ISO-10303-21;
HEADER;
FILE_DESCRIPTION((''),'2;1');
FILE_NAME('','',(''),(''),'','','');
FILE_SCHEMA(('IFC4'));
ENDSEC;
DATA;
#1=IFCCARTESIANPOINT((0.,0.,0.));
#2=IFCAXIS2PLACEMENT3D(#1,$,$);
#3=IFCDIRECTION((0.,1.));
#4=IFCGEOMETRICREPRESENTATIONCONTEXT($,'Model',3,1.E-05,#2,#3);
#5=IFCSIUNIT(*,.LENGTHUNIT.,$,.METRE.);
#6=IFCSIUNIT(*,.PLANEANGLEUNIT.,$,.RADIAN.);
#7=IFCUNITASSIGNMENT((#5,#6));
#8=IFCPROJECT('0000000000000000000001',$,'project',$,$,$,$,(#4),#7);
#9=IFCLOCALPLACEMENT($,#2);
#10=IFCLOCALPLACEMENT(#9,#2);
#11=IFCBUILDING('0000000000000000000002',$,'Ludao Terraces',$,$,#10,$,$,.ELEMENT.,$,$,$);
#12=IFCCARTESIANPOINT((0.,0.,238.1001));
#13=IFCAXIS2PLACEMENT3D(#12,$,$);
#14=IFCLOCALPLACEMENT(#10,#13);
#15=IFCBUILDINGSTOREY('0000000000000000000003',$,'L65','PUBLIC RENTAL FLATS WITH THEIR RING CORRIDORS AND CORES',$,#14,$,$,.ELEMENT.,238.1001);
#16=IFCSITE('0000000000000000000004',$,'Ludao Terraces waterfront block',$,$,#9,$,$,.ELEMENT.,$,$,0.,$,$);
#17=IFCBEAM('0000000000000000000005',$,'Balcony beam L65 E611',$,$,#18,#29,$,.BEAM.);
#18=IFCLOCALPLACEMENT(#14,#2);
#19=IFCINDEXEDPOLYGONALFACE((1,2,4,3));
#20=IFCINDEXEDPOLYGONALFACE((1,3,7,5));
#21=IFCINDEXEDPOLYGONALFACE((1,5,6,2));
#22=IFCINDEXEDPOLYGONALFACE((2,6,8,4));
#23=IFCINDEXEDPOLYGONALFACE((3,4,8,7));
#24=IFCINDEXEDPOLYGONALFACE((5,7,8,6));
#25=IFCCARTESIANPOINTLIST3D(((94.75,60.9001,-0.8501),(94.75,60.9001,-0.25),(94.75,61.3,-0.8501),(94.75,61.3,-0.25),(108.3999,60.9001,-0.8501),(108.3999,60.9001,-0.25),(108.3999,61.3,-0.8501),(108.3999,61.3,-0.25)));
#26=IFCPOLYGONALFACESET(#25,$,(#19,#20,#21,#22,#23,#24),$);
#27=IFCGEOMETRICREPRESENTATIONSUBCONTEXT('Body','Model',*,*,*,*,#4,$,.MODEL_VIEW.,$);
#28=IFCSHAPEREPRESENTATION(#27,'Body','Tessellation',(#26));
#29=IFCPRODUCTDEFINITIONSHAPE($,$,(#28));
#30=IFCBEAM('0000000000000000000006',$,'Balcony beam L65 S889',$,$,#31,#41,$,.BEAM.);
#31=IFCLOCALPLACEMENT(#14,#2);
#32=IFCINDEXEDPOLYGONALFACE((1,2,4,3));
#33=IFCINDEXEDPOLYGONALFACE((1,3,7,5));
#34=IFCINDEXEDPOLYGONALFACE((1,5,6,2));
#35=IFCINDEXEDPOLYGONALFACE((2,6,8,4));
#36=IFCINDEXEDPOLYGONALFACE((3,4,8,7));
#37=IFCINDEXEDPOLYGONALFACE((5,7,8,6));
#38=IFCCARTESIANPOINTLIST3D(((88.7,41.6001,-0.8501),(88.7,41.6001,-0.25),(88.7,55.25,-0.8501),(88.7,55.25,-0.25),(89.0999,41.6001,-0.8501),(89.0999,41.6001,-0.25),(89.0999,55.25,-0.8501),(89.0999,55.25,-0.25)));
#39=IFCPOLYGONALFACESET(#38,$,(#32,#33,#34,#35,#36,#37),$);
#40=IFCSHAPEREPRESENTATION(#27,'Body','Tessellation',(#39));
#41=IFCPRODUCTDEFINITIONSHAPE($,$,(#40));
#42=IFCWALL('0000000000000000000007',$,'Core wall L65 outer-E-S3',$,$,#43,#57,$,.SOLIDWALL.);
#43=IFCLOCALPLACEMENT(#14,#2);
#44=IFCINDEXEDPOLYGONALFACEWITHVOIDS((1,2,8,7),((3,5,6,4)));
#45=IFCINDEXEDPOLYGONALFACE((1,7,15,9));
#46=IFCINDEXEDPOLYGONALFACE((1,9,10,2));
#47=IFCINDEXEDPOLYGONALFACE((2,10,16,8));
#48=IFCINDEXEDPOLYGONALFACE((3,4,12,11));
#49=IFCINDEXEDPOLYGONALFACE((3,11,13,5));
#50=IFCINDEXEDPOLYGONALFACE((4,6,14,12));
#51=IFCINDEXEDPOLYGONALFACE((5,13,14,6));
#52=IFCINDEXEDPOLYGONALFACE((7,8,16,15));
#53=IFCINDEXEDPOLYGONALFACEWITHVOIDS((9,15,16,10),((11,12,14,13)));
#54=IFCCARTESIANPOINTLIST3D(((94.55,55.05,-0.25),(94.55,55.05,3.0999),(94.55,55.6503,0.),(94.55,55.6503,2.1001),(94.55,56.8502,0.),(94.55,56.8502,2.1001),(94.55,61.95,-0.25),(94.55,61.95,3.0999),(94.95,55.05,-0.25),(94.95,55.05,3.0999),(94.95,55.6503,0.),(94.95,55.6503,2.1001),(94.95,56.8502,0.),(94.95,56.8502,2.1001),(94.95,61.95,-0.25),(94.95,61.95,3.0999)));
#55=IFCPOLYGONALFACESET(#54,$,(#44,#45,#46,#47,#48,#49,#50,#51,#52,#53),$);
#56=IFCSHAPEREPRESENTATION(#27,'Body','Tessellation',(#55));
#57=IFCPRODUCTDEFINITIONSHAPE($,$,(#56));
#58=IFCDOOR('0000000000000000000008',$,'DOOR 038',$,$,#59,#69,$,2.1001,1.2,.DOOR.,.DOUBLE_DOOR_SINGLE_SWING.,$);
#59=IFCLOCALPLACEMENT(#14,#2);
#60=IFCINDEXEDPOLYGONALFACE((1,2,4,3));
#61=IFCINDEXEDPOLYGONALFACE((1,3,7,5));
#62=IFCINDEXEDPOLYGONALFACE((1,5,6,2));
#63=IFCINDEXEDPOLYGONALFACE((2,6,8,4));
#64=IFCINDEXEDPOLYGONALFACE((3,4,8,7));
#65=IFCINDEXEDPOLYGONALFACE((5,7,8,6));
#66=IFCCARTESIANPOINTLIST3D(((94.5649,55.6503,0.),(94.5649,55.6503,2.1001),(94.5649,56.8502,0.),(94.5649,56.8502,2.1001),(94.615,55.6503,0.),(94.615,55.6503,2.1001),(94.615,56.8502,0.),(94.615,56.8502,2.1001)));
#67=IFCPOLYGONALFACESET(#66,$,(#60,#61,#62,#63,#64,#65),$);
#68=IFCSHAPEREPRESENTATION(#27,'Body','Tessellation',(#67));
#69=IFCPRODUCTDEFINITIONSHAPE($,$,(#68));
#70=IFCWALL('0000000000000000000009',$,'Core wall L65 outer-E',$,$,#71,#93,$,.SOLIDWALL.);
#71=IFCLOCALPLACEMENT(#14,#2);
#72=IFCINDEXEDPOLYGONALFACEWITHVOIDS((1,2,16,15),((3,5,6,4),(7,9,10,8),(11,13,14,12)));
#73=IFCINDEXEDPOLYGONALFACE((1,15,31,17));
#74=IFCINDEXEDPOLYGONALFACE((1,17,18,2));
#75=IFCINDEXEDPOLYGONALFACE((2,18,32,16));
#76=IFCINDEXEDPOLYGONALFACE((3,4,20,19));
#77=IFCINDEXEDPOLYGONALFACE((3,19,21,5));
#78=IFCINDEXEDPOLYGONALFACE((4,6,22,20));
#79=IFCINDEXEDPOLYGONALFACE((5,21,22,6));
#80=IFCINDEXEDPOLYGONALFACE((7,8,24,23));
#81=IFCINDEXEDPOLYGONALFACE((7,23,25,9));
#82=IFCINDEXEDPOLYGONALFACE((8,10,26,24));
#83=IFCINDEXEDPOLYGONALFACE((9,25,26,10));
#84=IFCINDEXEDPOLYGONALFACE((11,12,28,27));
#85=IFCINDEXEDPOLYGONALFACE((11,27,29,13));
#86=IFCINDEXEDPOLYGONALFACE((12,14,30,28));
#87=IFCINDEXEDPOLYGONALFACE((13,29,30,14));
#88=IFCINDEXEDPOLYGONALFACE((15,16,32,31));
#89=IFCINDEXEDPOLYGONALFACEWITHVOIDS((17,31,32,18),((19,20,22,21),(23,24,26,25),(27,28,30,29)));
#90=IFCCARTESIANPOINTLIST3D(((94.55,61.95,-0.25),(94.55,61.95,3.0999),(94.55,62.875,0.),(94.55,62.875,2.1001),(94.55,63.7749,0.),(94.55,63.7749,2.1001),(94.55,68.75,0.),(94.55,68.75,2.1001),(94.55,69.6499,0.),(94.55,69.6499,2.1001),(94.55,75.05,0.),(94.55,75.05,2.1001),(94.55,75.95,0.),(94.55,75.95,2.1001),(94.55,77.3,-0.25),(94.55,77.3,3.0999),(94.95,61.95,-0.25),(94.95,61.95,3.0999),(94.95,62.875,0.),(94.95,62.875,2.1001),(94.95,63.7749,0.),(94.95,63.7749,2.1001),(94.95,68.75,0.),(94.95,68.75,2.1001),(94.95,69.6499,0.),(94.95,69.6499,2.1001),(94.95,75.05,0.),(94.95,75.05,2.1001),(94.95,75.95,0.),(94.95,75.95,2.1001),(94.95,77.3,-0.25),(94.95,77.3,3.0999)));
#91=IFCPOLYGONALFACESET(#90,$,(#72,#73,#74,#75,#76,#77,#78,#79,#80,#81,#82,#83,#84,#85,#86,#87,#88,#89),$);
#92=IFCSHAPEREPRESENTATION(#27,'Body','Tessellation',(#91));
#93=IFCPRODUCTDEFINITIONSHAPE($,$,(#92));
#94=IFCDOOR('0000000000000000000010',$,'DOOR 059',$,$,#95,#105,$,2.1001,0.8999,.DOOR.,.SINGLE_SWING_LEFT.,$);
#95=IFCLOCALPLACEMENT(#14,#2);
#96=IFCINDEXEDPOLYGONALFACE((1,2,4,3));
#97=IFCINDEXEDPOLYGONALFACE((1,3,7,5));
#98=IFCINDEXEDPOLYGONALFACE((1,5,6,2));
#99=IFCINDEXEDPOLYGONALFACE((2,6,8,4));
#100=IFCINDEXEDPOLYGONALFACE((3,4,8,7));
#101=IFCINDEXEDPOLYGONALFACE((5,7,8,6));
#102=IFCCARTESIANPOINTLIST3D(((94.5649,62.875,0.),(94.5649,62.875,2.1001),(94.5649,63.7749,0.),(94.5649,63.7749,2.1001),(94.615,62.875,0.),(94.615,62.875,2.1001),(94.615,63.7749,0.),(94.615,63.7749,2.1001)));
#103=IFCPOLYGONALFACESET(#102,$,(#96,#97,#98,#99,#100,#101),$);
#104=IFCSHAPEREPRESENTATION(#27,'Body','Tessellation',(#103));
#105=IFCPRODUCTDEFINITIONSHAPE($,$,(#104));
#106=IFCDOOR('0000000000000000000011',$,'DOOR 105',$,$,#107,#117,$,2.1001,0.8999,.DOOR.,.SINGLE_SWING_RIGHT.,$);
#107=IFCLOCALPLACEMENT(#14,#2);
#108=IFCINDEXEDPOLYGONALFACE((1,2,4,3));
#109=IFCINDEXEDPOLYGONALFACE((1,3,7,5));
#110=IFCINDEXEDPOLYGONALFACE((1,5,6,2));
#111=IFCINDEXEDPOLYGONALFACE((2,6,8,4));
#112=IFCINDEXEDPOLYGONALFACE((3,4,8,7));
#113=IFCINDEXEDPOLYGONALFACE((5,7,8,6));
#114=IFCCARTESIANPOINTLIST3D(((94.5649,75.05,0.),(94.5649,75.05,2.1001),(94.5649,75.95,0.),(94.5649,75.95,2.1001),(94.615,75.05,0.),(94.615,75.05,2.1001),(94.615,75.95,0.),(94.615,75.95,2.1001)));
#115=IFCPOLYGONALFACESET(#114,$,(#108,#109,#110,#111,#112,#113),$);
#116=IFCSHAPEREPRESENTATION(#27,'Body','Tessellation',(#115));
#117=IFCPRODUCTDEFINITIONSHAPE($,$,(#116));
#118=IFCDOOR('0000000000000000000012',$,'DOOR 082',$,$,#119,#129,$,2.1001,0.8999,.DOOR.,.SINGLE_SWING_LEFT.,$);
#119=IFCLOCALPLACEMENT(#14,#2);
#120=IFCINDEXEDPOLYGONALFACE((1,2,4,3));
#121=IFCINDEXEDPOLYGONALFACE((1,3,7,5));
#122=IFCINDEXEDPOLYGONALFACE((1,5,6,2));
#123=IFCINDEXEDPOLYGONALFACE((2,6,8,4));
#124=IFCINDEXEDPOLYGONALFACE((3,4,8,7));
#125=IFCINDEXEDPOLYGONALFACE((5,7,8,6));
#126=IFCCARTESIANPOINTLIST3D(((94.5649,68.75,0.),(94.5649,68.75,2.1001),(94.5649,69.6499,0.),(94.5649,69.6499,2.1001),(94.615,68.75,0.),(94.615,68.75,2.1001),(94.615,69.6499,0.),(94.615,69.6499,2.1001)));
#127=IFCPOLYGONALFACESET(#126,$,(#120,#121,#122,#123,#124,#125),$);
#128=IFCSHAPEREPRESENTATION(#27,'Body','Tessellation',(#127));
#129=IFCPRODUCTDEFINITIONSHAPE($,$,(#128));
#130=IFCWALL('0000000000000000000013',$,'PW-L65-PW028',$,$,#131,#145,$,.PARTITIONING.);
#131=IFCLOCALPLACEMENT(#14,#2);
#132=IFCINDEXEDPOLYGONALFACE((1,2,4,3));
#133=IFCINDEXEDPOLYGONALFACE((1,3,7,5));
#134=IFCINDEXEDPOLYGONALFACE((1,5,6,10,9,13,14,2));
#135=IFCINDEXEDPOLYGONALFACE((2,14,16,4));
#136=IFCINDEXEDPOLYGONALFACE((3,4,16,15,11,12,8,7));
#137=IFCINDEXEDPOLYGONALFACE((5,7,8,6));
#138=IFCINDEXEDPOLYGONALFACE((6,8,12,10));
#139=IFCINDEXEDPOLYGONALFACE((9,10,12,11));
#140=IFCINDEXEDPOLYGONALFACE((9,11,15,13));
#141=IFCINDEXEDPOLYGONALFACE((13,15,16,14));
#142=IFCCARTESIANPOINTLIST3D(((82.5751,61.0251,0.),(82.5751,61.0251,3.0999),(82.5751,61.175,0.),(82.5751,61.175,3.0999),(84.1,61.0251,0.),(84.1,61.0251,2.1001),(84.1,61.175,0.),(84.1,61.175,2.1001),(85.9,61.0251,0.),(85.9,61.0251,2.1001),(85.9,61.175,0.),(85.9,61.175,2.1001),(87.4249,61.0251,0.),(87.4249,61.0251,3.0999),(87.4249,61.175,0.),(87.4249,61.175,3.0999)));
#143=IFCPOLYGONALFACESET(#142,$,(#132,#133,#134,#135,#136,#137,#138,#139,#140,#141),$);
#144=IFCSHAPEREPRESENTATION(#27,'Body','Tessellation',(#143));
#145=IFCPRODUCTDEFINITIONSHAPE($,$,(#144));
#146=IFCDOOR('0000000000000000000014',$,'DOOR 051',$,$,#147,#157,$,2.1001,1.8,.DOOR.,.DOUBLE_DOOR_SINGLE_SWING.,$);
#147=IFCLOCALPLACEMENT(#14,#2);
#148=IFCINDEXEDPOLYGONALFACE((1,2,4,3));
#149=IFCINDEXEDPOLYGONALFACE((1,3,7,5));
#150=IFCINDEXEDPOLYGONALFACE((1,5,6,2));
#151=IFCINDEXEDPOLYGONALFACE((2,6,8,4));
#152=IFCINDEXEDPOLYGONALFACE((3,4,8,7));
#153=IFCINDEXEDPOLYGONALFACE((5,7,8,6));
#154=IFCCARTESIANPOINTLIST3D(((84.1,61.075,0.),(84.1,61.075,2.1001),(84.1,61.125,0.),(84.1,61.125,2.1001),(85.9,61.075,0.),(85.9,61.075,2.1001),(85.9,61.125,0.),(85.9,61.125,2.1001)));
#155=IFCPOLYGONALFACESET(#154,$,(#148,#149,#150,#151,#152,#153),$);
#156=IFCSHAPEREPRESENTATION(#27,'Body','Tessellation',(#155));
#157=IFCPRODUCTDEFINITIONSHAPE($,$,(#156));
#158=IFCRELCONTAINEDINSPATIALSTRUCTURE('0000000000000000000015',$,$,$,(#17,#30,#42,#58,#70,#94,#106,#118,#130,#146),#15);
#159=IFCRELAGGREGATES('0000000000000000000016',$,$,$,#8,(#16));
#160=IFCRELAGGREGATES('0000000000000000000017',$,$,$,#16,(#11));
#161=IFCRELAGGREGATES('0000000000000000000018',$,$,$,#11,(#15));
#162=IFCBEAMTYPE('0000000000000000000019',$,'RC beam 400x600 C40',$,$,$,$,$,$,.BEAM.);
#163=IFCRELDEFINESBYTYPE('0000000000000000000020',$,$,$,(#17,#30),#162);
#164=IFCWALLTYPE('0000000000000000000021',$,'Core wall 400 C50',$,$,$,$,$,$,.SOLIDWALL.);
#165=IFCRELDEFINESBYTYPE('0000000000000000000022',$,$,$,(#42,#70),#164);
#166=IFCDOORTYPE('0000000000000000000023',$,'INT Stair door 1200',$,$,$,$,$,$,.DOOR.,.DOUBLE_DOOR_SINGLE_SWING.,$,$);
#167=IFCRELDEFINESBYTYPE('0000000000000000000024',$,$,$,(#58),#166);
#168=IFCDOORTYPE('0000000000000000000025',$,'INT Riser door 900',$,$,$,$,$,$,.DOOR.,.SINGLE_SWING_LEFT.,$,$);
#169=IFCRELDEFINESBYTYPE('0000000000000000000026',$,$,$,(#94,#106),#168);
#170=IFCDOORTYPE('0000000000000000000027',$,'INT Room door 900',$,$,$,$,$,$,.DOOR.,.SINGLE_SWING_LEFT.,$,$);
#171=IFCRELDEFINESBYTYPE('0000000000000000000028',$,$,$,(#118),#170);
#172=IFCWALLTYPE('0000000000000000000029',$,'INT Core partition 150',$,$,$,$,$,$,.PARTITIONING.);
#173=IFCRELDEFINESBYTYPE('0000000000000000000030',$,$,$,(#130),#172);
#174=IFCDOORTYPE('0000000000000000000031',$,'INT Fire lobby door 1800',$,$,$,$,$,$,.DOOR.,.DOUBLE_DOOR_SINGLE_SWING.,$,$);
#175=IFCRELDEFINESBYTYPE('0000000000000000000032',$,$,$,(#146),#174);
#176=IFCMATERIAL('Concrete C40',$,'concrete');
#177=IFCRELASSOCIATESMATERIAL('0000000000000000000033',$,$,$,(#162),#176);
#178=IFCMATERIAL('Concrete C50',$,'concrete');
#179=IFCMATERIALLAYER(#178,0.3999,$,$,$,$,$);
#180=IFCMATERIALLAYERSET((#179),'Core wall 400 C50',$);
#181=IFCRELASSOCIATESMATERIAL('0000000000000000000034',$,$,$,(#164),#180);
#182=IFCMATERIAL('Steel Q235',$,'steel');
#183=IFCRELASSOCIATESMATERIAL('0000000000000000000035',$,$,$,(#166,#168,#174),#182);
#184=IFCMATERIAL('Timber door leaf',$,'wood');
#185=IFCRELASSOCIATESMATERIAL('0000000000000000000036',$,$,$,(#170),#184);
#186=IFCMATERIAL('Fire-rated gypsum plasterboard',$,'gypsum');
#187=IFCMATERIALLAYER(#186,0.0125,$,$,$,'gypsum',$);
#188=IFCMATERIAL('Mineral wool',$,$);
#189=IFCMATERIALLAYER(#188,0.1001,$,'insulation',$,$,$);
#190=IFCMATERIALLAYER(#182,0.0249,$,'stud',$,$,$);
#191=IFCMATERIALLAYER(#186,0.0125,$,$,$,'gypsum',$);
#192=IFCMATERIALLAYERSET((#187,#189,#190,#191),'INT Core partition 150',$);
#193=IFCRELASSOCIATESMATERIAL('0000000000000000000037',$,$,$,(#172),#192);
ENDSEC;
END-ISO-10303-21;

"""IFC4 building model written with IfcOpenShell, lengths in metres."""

from ifc_helpers import new_model, si_unit, direction, frame, frame_2d, origin, origin_2d, place, context, subcontext, project, spatial, rectangle, extrude, material, layer, layer_set, material_profile, profile_set, type_object, element, fill, save


model = new_model("IFC4")

# Units and contexts
model_context = context("Model", 3, precision=1e-05, world=origin(), true_north=direction((0.0, 1.0)))
body_context = subcontext(model_context, "Body", "Model", "MODEL_VIEW")
ifc_project = project(units=[si_unit("LENGTHUNIT", "METRE"), si_unit("PLANEANGLEUNIT", "RADIAN")], contexts=[model_context])

# Site, building, storey
site_placement = place(None, origin())
site = spatial("IfcSite", under=ifc_project, at=site_placement, Name="Ludao Terraces waterfront block", CompositionType="ELEMENT", RefElevation=0.0)
building_placement = place(site_placement, origin())
building = spatial("IfcBuilding", under=site, at=building_placement, Name="Ludao Terraces", CompositionType="ELEMENT")
storey_placement = place(building_placement, frame((0.0, 0.0, 238.1001)))
storey = spatial("IfcBuildingStorey", under=building, at=storey_placement, Name="L65", Description="PUBLIC RENTAL FLATS WITH THEIR RING CORRIDORS AND CORES", CompositionType="ELEMENT", Elevation=238.1001)

# Beams
ifc_material_1 = material(Name="Concrete C40", Category="concrete")
ifc_material_profile = material_profile(ifc_material_1, rectangle(XDim=0.3999, YDim=0.6001, at=origin_2d()), Name="400 X 600")
ifc_profile_set = profile_set([ifc_material_profile], Name="Concrete C40")
beam_type = type_object("IfcBeamType", Name="RC beam 400x600 C40", PredefinedType="BEAM", material=ifc_profile_set)
for number, where, z_axis, x_axis, name in (
    (1, (94.75, 61.1001, -0.55), (1.0, 0.0, 0.0), (0.0, 1.0, 0.0), "Balcony beam L65 E611"),
    (2, (88.8999, 55.25, -0.55), (0.0, -1.0, 0.0), (1.0, 0.0, 0.0), "Balcony beam L65 S889"),
):
    element("IfcBeam", number, at=place(storey_placement, frame(where, z_axis=z_axis, x_axis=x_axis)), inside=storey, type_object=beam_type, Name=name, PredefinedType="BEAM", context=body_context, shape_type="SweptSolid", body=[
        extrude(rectangle(XDim=0.3999, YDim=0.6001, at=origin_2d()), origin(), (0.0, 0.0, 1.0), 13.6499),
    ])

# Wall, opening, door
ifc_material_2 = material(Name="Concrete C50", Category="concrete")
ifc_layer_1 = layer(ifc_material_2, 0.3999)
ifc_layer_set_1 = layer_set([ifc_layer_1], Name="Core wall 400 C50")
wall_type_1 = type_object("IfcWallType", Name="Core wall 400 C50", PredefinedType="SOLIDWALL", material=ifc_layer_set_1)
wall_1_placement = place(storey_placement, frame((94.75, 55.05, -0.25), z_axis=(0.0, 0.0, 1.0), x_axis=(0.0, 1.0, 0.0)))
wall_1 = element("IfcWall", 3, at=wall_1_placement, inside=storey, type_object=wall_type_1, Name="Core wall L65 outer-E-S3", PredefinedType="SOLIDWALL", context=body_context, shape_type="SweptSolid", body=[
    extrude(rectangle(XDim=6.8999, YDim=0.3999, at=frame_2d((3.45, 0.0))), origin(), (0.0, 0.0, 1.0), 3.3499),
])
opening_1_placement = place(wall_1_placement, frame((0.6001, 0.0, 0.25)))
opening_1 = element("IfcOpeningElement", 4, at=opening_1_placement, cuts=wall_1, PredefinedType="OPENING", context=body_context, shape_type="SweptSolid", body=[
    extrude(rectangle(XDim=1.2, YDim=2.1001, at=frame_2d((0.6001, 1.05))), frame((0.0, 0.21, 0.0), z_axis=(0.0, -1.0, 0.0), x_axis=(1.0, 0.0, 0.0)), (0.0, 0.0, 1.0), 0.4199),
])
ifc_material_3 = material(Name="Steel Q235", Category="steel")
door_type_1 = type_object("IfcDoorType", Name="INT Stair door 1200", OperationType="DOUBLE_DOOR_SINGLE_SWING", PredefinedType="DOOR", material=ifc_material_3)
door_1_placement = place(opening_1_placement, origin())
door_1 = element("IfcDoor", 5, at=door_1_placement, inside=storey, type_object=door_type_1, Name="DOOR 038", OperationType="DOUBLE_DOOR_SINGLE_SWING", OverallHeight=2.1001, OverallWidth=1.2, PredefinedType="DOOR", context=body_context, shape_type="SweptSolid", body=[
    extrude(rectangle(XDim=1.2, YDim=2.1001, at=frame_2d((0.6001, 1.05))), frame((0.0, 0.1851, 0.0), z_axis=(0.0, -1.0, 0.0), x_axis=(1.0, 0.0, 0.0)), (0.0, 0.0, 1.0), 0.05),
])
fill(opening_1, door_1)

# Wall, openings, doors
wall_2_placement = place(storey_placement, frame((94.75, 61.95, -0.25), z_axis=(0.0, 0.0, 1.0), x_axis=(0.0, 1.0, 0.0)))
wall_2 = element("IfcWall", 6, at=wall_2_placement, inside=storey, type_object=wall_type_1, Name="Core wall L65 outer-E", PredefinedType="SOLIDWALL", context=body_context, shape_type="SweptSolid", body=[
    extrude(rectangle(XDim=15.3501, YDim=0.3999, at=frame_2d((7.675, 0.0))), origin(), (0.0, 0.0, 1.0), 3.3499),
])
opening_2_placement = place(wall_2_placement, frame((0.925, 0.0, 0.25)))
opening_2 = element("IfcOpeningElement", 7, at=opening_2_placement, cuts=wall_2, PredefinedType="OPENING", context=body_context, shape_type="SweptSolid", body=[
    extrude(rectangle(XDim=0.8999, YDim=2.1001, at=frame_2d((0.45, 1.05))), frame((0.0, 0.21, 0.0), z_axis=(0.0, -1.0, 0.0), x_axis=(1.0, 0.0, 0.0)), (0.0, 0.0, 1.0), 0.4199),
])
opening_3_placement = place(wall_2_placement, frame((6.8, 0.0, 0.25)))
opening_3 = element("IfcOpeningElement", 8, at=opening_3_placement, cuts=wall_2, PredefinedType="OPENING", context=body_context, shape_type="SweptSolid", body=[
    extrude(rectangle(XDim=0.8999, YDim=2.1001, at=frame_2d((0.45, 1.05))), frame((0.0, 0.21, 0.0), z_axis=(0.0, -1.0, 0.0), x_axis=(1.0, 0.0, 0.0)), (0.0, 0.0, 1.0), 0.4199),
])
opening_4_placement = place(wall_2_placement, frame((13.1001, 0.0, 0.25)))
opening_4 = element("IfcOpeningElement", 9, at=opening_4_placement, cuts=wall_2, PredefinedType="OPENING", context=body_context, shape_type="SweptSolid", body=[
    extrude(rectangle(XDim=0.8999, YDim=2.1001, at=frame_2d((0.45, 1.05))), frame((0.0, 0.21, 0.0), z_axis=(0.0, -1.0, 0.0), x_axis=(1.0, 0.0, 0.0)), (0.0, 0.0, 1.0), 0.4199),
])
door_type_2 = type_object("IfcDoorType", Name="INT Riser door 900", OperationType="SINGLE_SWING_LEFT", PredefinedType="DOOR", material=ifc_material_3)
door_2_placement = place(opening_2_placement, origin())
door_2 = element("IfcDoor", 10, at=door_2_placement, inside=storey, type_object=door_type_2, Name="DOOR 059", OperationType="SINGLE_SWING_LEFT", OverallHeight=2.1001, OverallWidth=0.8999, PredefinedType="DOOR", context=body_context, shape_type="SweptSolid", body=[
    extrude(rectangle(XDim=0.8999, YDim=2.1001, at=frame_2d((0.45, 1.05))), frame((0.0, 0.1851, 0.0), z_axis=(0.0, -1.0, 0.0), x_axis=(1.0, 0.0, 0.0)), (0.0, 0.0, 1.0), 0.05),
])
fill(opening_2, door_2)
door_3_placement = place(opening_4_placement, origin())
door_3 = element("IfcDoor", 11, at=door_3_placement, inside=storey, type_object=door_type_2, Name="DOOR 105", OperationType="SINGLE_SWING_RIGHT", OverallHeight=2.1001, OverallWidth=0.8999, PredefinedType="DOOR", context=body_context, shape_type="SweptSolid", body=[
    extrude(rectangle(XDim=0.8999, YDim=2.1001, at=frame_2d((0.45, 1.05))), frame((0.0, 0.1851, 0.0), z_axis=(0.0, -1.0, 0.0), x_axis=(1.0, 0.0, 0.0)), (0.0, 0.0, 1.0), 0.05),
])
fill(opening_4, door_3)
ifc_material_4 = material(Name="Timber door leaf", Category="wood")
door_type_3 = type_object("IfcDoorType", Name="INT Room door 900", OperationType="SINGLE_SWING_LEFT", PredefinedType="DOOR", material=ifc_material_4)
door_4_placement = place(opening_3_placement, origin())
door_4 = element("IfcDoor", 12, at=door_4_placement, inside=storey, type_object=door_type_3, Name="DOOR 082", OperationType="SINGLE_SWING_LEFT", OverallHeight=2.1001, OverallWidth=0.8999, PredefinedType="DOOR", context=body_context, shape_type="SweptSolid", body=[
    extrude(rectangle(XDim=0.8999, YDim=2.1001, at=frame_2d((0.45, 1.05))), frame((0.0, 0.1851, 0.0), z_axis=(0.0, -1.0, 0.0), x_axis=(1.0, 0.0, 0.0)), (0.0, 0.0, 1.0), 0.05),
])
fill(opening_3, door_4)

# Wall, opening, door
ifc_material_5 = material(Name="Fire-rated gypsum plasterboard", Category="gypsum")
ifc_layer_2 = layer(ifc_material_5, 0.0125, Category="gypsum")
ifc_material_6 = material(Name="Mineral wool")
ifc_layer_3 = layer(ifc_material_6, 0.1001, Name="insulation")
ifc_layer_4 = layer(ifc_material_3, 0.0249, Name="stud")
ifc_layer_5 = layer(ifc_material_5, 0.0125, Category="gypsum")
ifc_layer_set_2 = layer_set([ifc_layer_2, ifc_layer_3, ifc_layer_4, ifc_layer_5], Name="INT Core partition 150")
wall_type_2 = type_object("IfcWallType", Name="INT Core partition 150", PredefinedType="PARTITIONING", material=ifc_layer_set_2)
wall_3_placement = place(storey_placement, frame((82.5752, 61.1001, 0.0), z_axis=(0.0, 0.0, 1.0), x_axis=(1.0, 0.0, 0.0)))
wall_3 = element("IfcWall", 13, at=wall_3_placement, inside=storey, type_object=wall_type_2, Name="PW-L65-PW028", PredefinedType="PARTITIONING", context=body_context, shape_type="SweptSolid", body=[
    extrude(rectangle(XDim=4.8499, YDim=0.1499, at=frame_2d((2.4248, 0.0))), origin(), (0.0, 0.0, 1.0), 3.0999),
])
opening_5_placement = place(wall_3_placement, frame((1.5249, 0.0, 0.0)))
opening_5 = element("IfcOpeningElement", 14, at=opening_5_placement, cuts=wall_3, PredefinedType="OPENING", context=body_context, shape_type="SweptSolid", body=[
    extrude(rectangle(XDim=1.8, YDim=2.1001, at=frame_2d((0.8999, 1.05))), frame((0.0, 0.085, 0.0), z_axis=(0.0, -1.0, 0.0), x_axis=(1.0, 0.0, 0.0)), (0.0, 0.0, 1.0), 0.1699),
])
door_type_4 = type_object("IfcDoorType", Name="INT Fire lobby door 1800", OperationType="DOUBLE_DOOR_SINGLE_SWING", PredefinedType="DOOR", material=ifc_material_3)
door_5_placement = place(opening_5_placement, origin())
door_5 = element("IfcDoor", 15, at=door_5_placement, inside=storey, type_object=door_type_4, Name="DOOR 051", OperationType="DOUBLE_DOOR_SINGLE_SWING", OverallHeight=2.1001, OverallWidth=1.8, PredefinedType="DOOR", context=body_context, shape_type="SweptSolid", body=[
    extrude(rectangle(XDim=1.8, YDim=2.1001, at=frame_2d((0.8999, 1.05))), frame((0.0, 0.0249, 0.0), z_axis=(0.0, -1.0, 0.0), x_axis=(1.0, 0.0, 0.0)), (0.0, 0.0, 1.0), 0.05),
])
fill(opening_5, door_5)

save(model, "model.ifc")
